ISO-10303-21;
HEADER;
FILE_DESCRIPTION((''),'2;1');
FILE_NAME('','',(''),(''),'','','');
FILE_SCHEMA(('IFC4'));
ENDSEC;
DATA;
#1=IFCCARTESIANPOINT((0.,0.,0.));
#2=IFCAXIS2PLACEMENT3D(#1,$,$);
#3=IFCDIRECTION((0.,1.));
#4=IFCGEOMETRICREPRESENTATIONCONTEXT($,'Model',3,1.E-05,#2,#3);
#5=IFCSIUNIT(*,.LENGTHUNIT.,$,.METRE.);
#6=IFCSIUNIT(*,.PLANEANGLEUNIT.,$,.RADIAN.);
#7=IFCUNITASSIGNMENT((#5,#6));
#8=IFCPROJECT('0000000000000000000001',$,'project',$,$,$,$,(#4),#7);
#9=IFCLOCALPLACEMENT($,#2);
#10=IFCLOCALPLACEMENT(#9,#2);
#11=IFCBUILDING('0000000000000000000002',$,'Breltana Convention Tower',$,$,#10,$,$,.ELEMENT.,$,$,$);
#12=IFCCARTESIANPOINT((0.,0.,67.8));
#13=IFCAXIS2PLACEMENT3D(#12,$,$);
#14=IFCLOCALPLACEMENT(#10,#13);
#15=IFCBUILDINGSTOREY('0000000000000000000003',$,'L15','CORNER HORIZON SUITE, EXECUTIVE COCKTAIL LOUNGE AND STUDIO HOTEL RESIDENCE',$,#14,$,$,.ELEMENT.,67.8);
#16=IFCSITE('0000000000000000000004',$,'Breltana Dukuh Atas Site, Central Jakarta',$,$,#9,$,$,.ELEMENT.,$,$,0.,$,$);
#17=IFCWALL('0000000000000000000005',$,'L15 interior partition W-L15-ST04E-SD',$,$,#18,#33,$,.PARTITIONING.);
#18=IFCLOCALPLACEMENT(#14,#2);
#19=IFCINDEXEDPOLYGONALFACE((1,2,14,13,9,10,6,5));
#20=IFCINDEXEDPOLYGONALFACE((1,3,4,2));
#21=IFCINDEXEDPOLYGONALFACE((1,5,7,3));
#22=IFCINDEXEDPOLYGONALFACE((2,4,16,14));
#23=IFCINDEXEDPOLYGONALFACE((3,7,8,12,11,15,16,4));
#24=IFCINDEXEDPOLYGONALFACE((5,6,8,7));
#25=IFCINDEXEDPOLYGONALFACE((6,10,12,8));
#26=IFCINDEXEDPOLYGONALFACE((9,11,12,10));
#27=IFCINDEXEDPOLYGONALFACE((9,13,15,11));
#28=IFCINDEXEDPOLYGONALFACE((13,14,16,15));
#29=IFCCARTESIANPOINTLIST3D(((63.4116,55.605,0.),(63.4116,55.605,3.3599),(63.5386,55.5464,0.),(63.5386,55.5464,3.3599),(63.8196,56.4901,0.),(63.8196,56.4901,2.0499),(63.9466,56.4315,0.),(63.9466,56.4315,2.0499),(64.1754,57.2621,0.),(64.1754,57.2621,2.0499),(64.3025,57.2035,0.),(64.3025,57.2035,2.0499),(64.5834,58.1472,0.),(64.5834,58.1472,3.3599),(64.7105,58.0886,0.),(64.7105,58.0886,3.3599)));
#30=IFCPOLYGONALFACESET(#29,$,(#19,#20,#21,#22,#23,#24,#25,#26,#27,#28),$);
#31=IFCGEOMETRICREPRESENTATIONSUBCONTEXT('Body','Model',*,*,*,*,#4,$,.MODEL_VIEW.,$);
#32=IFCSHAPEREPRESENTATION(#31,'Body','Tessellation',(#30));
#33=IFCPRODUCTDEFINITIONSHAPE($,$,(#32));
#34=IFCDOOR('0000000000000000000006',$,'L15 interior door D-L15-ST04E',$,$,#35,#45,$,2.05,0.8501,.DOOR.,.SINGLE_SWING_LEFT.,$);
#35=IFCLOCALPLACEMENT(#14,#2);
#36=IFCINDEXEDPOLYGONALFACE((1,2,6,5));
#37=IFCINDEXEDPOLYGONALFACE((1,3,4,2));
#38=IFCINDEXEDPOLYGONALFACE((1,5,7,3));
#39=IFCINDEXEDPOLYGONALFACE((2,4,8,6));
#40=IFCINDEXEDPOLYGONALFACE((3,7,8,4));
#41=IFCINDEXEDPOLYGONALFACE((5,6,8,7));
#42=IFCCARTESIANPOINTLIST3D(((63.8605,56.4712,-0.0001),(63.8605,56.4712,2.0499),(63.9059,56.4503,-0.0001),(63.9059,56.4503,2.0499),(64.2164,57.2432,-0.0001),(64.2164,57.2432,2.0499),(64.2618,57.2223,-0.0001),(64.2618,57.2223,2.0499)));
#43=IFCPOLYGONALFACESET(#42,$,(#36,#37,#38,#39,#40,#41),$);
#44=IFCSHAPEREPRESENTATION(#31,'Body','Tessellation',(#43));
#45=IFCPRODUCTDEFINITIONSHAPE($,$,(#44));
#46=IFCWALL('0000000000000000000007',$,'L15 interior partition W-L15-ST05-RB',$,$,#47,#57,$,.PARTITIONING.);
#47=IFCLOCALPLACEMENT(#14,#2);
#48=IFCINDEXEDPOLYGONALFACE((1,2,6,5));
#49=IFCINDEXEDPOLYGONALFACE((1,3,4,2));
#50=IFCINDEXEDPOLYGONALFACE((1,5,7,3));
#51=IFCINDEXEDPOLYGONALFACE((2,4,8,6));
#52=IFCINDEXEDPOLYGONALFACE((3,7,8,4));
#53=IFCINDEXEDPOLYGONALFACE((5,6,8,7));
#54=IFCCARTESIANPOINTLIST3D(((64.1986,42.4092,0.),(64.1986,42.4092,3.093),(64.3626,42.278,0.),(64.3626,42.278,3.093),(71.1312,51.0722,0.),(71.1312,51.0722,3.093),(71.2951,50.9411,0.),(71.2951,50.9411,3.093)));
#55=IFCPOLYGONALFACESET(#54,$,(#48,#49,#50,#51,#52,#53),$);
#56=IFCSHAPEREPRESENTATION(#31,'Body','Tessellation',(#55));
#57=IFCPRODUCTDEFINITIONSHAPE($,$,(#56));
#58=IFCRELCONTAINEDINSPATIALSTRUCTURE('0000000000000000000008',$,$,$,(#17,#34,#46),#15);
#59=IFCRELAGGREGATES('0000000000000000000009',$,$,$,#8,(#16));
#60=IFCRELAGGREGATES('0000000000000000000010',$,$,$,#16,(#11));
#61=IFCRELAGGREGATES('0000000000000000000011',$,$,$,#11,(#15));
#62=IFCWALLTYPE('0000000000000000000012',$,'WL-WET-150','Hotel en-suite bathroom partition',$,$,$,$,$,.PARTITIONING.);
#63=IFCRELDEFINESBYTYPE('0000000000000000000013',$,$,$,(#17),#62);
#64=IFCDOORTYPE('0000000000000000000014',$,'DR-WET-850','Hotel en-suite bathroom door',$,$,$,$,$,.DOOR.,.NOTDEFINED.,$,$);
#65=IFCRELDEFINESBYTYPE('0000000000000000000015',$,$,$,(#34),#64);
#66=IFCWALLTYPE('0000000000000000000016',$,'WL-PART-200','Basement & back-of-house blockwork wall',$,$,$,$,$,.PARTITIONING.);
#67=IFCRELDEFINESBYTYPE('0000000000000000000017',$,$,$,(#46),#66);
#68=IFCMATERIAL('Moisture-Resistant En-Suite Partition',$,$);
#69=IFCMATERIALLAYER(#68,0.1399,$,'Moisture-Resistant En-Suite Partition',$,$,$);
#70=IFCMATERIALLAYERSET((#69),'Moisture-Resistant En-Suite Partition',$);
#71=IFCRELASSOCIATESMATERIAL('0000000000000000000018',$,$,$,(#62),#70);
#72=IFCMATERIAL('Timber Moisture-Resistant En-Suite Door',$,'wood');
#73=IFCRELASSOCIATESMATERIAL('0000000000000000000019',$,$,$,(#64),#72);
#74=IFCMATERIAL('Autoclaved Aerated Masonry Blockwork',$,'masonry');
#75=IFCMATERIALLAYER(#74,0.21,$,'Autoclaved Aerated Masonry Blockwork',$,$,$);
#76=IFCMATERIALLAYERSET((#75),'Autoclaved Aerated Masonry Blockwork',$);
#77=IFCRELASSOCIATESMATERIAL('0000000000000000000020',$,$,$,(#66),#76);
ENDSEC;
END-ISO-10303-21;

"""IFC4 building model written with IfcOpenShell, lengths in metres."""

from ifc_helpers import new_model, si_unit, direction, frame, frame_2d, origin, place, context, subcontext, project, spatial, rectangle, extrude, source, transform, mapped, material, layer, layer_set, type_object, type_shapes, element, fill, save


model = new_model("IFC4")

# Units and contexts
model_context = context("Model", 3, precision=1e-05, world=origin(), true_north=direction((0.0, 1.0)))
body_context = subcontext(model_context, "Body", "Model", "MODEL_VIEW")
ifc_project = project(units=[si_unit("LENGTHUNIT", "METRE"), si_unit("PLANEANGLEUNIT", "RADIAN")], contexts=[model_context])

# Site, building, storey
site_placement = place(None, origin())
site = spatial("IfcSite", under=ifc_project, at=site_placement, Name="Breltana Dukuh Atas Site, Central Jakarta", CompositionType="ELEMENT", RefElevation=0.0)
building_placement = place(site_placement, origin())
building = spatial("IfcBuilding", under=site, at=building_placement, Name="Breltana Convention Tower", CompositionType="ELEMENT")
storey_placement = place(building_placement, frame((0.0, 0.0, 67.8)))
storey = spatial("IfcBuildingStorey", under=building, at=storey_placement, Name="L15", Description="CORNER HORIZON SUITE, EXECUTIVE COCKTAIL LOUNGE AND STUDIO HOTEL RESIDENCE", CompositionType="ELEMENT", Elevation=67.8)

# Shared definitions
ifc_material_1 = material(Name="Moisture-Resistant En-Suite Partition")
ifc_layer_1 = layer(ifc_material_1, 0.1399, Name="Moisture-Resistant En-Suite Partition")
ifc_layer_set_1 = layer_set([ifc_layer_1], Name="Moisture-Resistant En-Suite Partition")
wall_type_1 = type_object("IfcWallType", Name="WL-WET-150", Description="Hotel en-suite bathroom partition", PredefinedType="PARTITIONING", material=ifc_layer_set_1)

# Wall, opening, door
shared_shape_1 = source(origin(), body_context, "Body", "SweptSolid", [
    extrude(rectangle(XDim=2.7993, YDim=0.1399, at=frame_2d((1.3997, 0.0))), origin(), (0.0, 0.0, 1.0), 3.3599),
])
wall_1_placement = place(storey_placement, frame((63.4751, 55.5757, 0.0), z_axis=(0.0, 0.0, 1.0), x_axis=(0.418627, 0.908158, 0.0)))
wall_1 = element("IfcWall", 1, at=wall_1_placement, inside=storey, type_object=wall_type_1, Name="L15 interior partition W-L15-ST04E-SD", PredefinedType="PARTITIONING", context=body_context, shape_type="MappedRepresentation", body=[
    mapped(shared_shape_1, transform((0.0, 0.0, 0.0), scale=1.0)),
])
opening_placement = place(wall_1_placement, frame((0.9746, 0.0, 0.0)))
opening = element("IfcOpeningElement", 2, at=opening_placement, cuts=wall_1, PredefinedType="OPENING", context=body_context, shape_type="SweptSolid", body=[
    extrude(rectangle(XDim=0.8501, YDim=2.05, at=frame_2d((0.425, 1.0249))), frame((0.0, 0.0801, 0.0), z_axis=(0.0, -1.0, 0.0), x_axis=(1.0, 0.0, 0.0)), (0.0, 0.0, 1.0), 0.1599),
])
ifc_material_2 = material(Name="Timber Moisture-Resistant En-Suite Door", Category="wood")
door_type = type_object("IfcDoorType", Name="DR-WET-850", Description="Hotel en-suite bathroom door", OperationType="NOTDEFINED", PredefinedType="DOOR", material=ifc_material_2)
shared_shape_2 = source(origin(), body_context, "Body", "SweptSolid", [
    extrude(rectangle(XDim=0.8501, YDim=2.05, at=frame_2d((0.425, 1.0249))), frame((0.0, 0.0249, 0.0), z_axis=(0.0, -1.0, 0.0), x_axis=(1.0, 0.0, 0.0)), (0.0, 0.0, 1.0), 0.05),
])
type_shapes(door_type, [shared_shape_2])
door_placement = place(opening_placement, origin())
door = element("IfcDoor", 3, at=door_placement, inside=storey, type_object=door_type, Name="L15 interior door D-L15-ST04E", OperationType="SINGLE_SWING_LEFT", OverallHeight=2.05, OverallWidth=0.8501, PredefinedType="DOOR", context=body_context, shape_type="MappedRepresentation", body=[
    mapped(shared_shape_2, transform((0.0, 0.0, 0.0), scale=1.0)),
])
fill(opening, door)

# Wall
ifc_material_3 = material(Name="Autoclaved Aerated Masonry Blockwork", Category="masonry")
ifc_layer_2 = layer(ifc_material_3, 0.21, Name="Autoclaved Aerated Masonry Blockwork")
ifc_layer_set_2 = layer_set([ifc_layer_2], Name="Autoclaved Aerated Masonry Blockwork")
wall_type_2 = type_object("IfcWallType", Name="WL-PART-200", Description="Basement & back-of-house blockwork wall", PredefinedType="PARTITIONING", material=ifc_layer_set_2)
shared_shape_3 = source(origin(), body_context, "Body", "SweptSolid", [
    extrude(rectangle(XDim=11.0955, YDim=0.21, at=frame_2d((5.5479, 0.0))), origin(), (0.0, 0.0, 1.0), 3.093),
])
wall_2_placement = place(storey_placement, frame((64.2805, 42.3435, 0.0), z_axis=(0.0, 0.0, 1.0), x_axis=(0.624813, 0.780774, 0.0)))
element("IfcWall", 4, at=wall_2_placement, inside=storey, type_object=wall_type_2, Name="L15 interior partition W-L15-ST05-RB", PredefinedType="PARTITIONING", context=body_context, shape_type="MappedRepresentation", body=[
    mapped(shared_shape_3, transform((0.0, 0.0, 0.0), scale=1.0)),
])

save(model, "model.ifc")
